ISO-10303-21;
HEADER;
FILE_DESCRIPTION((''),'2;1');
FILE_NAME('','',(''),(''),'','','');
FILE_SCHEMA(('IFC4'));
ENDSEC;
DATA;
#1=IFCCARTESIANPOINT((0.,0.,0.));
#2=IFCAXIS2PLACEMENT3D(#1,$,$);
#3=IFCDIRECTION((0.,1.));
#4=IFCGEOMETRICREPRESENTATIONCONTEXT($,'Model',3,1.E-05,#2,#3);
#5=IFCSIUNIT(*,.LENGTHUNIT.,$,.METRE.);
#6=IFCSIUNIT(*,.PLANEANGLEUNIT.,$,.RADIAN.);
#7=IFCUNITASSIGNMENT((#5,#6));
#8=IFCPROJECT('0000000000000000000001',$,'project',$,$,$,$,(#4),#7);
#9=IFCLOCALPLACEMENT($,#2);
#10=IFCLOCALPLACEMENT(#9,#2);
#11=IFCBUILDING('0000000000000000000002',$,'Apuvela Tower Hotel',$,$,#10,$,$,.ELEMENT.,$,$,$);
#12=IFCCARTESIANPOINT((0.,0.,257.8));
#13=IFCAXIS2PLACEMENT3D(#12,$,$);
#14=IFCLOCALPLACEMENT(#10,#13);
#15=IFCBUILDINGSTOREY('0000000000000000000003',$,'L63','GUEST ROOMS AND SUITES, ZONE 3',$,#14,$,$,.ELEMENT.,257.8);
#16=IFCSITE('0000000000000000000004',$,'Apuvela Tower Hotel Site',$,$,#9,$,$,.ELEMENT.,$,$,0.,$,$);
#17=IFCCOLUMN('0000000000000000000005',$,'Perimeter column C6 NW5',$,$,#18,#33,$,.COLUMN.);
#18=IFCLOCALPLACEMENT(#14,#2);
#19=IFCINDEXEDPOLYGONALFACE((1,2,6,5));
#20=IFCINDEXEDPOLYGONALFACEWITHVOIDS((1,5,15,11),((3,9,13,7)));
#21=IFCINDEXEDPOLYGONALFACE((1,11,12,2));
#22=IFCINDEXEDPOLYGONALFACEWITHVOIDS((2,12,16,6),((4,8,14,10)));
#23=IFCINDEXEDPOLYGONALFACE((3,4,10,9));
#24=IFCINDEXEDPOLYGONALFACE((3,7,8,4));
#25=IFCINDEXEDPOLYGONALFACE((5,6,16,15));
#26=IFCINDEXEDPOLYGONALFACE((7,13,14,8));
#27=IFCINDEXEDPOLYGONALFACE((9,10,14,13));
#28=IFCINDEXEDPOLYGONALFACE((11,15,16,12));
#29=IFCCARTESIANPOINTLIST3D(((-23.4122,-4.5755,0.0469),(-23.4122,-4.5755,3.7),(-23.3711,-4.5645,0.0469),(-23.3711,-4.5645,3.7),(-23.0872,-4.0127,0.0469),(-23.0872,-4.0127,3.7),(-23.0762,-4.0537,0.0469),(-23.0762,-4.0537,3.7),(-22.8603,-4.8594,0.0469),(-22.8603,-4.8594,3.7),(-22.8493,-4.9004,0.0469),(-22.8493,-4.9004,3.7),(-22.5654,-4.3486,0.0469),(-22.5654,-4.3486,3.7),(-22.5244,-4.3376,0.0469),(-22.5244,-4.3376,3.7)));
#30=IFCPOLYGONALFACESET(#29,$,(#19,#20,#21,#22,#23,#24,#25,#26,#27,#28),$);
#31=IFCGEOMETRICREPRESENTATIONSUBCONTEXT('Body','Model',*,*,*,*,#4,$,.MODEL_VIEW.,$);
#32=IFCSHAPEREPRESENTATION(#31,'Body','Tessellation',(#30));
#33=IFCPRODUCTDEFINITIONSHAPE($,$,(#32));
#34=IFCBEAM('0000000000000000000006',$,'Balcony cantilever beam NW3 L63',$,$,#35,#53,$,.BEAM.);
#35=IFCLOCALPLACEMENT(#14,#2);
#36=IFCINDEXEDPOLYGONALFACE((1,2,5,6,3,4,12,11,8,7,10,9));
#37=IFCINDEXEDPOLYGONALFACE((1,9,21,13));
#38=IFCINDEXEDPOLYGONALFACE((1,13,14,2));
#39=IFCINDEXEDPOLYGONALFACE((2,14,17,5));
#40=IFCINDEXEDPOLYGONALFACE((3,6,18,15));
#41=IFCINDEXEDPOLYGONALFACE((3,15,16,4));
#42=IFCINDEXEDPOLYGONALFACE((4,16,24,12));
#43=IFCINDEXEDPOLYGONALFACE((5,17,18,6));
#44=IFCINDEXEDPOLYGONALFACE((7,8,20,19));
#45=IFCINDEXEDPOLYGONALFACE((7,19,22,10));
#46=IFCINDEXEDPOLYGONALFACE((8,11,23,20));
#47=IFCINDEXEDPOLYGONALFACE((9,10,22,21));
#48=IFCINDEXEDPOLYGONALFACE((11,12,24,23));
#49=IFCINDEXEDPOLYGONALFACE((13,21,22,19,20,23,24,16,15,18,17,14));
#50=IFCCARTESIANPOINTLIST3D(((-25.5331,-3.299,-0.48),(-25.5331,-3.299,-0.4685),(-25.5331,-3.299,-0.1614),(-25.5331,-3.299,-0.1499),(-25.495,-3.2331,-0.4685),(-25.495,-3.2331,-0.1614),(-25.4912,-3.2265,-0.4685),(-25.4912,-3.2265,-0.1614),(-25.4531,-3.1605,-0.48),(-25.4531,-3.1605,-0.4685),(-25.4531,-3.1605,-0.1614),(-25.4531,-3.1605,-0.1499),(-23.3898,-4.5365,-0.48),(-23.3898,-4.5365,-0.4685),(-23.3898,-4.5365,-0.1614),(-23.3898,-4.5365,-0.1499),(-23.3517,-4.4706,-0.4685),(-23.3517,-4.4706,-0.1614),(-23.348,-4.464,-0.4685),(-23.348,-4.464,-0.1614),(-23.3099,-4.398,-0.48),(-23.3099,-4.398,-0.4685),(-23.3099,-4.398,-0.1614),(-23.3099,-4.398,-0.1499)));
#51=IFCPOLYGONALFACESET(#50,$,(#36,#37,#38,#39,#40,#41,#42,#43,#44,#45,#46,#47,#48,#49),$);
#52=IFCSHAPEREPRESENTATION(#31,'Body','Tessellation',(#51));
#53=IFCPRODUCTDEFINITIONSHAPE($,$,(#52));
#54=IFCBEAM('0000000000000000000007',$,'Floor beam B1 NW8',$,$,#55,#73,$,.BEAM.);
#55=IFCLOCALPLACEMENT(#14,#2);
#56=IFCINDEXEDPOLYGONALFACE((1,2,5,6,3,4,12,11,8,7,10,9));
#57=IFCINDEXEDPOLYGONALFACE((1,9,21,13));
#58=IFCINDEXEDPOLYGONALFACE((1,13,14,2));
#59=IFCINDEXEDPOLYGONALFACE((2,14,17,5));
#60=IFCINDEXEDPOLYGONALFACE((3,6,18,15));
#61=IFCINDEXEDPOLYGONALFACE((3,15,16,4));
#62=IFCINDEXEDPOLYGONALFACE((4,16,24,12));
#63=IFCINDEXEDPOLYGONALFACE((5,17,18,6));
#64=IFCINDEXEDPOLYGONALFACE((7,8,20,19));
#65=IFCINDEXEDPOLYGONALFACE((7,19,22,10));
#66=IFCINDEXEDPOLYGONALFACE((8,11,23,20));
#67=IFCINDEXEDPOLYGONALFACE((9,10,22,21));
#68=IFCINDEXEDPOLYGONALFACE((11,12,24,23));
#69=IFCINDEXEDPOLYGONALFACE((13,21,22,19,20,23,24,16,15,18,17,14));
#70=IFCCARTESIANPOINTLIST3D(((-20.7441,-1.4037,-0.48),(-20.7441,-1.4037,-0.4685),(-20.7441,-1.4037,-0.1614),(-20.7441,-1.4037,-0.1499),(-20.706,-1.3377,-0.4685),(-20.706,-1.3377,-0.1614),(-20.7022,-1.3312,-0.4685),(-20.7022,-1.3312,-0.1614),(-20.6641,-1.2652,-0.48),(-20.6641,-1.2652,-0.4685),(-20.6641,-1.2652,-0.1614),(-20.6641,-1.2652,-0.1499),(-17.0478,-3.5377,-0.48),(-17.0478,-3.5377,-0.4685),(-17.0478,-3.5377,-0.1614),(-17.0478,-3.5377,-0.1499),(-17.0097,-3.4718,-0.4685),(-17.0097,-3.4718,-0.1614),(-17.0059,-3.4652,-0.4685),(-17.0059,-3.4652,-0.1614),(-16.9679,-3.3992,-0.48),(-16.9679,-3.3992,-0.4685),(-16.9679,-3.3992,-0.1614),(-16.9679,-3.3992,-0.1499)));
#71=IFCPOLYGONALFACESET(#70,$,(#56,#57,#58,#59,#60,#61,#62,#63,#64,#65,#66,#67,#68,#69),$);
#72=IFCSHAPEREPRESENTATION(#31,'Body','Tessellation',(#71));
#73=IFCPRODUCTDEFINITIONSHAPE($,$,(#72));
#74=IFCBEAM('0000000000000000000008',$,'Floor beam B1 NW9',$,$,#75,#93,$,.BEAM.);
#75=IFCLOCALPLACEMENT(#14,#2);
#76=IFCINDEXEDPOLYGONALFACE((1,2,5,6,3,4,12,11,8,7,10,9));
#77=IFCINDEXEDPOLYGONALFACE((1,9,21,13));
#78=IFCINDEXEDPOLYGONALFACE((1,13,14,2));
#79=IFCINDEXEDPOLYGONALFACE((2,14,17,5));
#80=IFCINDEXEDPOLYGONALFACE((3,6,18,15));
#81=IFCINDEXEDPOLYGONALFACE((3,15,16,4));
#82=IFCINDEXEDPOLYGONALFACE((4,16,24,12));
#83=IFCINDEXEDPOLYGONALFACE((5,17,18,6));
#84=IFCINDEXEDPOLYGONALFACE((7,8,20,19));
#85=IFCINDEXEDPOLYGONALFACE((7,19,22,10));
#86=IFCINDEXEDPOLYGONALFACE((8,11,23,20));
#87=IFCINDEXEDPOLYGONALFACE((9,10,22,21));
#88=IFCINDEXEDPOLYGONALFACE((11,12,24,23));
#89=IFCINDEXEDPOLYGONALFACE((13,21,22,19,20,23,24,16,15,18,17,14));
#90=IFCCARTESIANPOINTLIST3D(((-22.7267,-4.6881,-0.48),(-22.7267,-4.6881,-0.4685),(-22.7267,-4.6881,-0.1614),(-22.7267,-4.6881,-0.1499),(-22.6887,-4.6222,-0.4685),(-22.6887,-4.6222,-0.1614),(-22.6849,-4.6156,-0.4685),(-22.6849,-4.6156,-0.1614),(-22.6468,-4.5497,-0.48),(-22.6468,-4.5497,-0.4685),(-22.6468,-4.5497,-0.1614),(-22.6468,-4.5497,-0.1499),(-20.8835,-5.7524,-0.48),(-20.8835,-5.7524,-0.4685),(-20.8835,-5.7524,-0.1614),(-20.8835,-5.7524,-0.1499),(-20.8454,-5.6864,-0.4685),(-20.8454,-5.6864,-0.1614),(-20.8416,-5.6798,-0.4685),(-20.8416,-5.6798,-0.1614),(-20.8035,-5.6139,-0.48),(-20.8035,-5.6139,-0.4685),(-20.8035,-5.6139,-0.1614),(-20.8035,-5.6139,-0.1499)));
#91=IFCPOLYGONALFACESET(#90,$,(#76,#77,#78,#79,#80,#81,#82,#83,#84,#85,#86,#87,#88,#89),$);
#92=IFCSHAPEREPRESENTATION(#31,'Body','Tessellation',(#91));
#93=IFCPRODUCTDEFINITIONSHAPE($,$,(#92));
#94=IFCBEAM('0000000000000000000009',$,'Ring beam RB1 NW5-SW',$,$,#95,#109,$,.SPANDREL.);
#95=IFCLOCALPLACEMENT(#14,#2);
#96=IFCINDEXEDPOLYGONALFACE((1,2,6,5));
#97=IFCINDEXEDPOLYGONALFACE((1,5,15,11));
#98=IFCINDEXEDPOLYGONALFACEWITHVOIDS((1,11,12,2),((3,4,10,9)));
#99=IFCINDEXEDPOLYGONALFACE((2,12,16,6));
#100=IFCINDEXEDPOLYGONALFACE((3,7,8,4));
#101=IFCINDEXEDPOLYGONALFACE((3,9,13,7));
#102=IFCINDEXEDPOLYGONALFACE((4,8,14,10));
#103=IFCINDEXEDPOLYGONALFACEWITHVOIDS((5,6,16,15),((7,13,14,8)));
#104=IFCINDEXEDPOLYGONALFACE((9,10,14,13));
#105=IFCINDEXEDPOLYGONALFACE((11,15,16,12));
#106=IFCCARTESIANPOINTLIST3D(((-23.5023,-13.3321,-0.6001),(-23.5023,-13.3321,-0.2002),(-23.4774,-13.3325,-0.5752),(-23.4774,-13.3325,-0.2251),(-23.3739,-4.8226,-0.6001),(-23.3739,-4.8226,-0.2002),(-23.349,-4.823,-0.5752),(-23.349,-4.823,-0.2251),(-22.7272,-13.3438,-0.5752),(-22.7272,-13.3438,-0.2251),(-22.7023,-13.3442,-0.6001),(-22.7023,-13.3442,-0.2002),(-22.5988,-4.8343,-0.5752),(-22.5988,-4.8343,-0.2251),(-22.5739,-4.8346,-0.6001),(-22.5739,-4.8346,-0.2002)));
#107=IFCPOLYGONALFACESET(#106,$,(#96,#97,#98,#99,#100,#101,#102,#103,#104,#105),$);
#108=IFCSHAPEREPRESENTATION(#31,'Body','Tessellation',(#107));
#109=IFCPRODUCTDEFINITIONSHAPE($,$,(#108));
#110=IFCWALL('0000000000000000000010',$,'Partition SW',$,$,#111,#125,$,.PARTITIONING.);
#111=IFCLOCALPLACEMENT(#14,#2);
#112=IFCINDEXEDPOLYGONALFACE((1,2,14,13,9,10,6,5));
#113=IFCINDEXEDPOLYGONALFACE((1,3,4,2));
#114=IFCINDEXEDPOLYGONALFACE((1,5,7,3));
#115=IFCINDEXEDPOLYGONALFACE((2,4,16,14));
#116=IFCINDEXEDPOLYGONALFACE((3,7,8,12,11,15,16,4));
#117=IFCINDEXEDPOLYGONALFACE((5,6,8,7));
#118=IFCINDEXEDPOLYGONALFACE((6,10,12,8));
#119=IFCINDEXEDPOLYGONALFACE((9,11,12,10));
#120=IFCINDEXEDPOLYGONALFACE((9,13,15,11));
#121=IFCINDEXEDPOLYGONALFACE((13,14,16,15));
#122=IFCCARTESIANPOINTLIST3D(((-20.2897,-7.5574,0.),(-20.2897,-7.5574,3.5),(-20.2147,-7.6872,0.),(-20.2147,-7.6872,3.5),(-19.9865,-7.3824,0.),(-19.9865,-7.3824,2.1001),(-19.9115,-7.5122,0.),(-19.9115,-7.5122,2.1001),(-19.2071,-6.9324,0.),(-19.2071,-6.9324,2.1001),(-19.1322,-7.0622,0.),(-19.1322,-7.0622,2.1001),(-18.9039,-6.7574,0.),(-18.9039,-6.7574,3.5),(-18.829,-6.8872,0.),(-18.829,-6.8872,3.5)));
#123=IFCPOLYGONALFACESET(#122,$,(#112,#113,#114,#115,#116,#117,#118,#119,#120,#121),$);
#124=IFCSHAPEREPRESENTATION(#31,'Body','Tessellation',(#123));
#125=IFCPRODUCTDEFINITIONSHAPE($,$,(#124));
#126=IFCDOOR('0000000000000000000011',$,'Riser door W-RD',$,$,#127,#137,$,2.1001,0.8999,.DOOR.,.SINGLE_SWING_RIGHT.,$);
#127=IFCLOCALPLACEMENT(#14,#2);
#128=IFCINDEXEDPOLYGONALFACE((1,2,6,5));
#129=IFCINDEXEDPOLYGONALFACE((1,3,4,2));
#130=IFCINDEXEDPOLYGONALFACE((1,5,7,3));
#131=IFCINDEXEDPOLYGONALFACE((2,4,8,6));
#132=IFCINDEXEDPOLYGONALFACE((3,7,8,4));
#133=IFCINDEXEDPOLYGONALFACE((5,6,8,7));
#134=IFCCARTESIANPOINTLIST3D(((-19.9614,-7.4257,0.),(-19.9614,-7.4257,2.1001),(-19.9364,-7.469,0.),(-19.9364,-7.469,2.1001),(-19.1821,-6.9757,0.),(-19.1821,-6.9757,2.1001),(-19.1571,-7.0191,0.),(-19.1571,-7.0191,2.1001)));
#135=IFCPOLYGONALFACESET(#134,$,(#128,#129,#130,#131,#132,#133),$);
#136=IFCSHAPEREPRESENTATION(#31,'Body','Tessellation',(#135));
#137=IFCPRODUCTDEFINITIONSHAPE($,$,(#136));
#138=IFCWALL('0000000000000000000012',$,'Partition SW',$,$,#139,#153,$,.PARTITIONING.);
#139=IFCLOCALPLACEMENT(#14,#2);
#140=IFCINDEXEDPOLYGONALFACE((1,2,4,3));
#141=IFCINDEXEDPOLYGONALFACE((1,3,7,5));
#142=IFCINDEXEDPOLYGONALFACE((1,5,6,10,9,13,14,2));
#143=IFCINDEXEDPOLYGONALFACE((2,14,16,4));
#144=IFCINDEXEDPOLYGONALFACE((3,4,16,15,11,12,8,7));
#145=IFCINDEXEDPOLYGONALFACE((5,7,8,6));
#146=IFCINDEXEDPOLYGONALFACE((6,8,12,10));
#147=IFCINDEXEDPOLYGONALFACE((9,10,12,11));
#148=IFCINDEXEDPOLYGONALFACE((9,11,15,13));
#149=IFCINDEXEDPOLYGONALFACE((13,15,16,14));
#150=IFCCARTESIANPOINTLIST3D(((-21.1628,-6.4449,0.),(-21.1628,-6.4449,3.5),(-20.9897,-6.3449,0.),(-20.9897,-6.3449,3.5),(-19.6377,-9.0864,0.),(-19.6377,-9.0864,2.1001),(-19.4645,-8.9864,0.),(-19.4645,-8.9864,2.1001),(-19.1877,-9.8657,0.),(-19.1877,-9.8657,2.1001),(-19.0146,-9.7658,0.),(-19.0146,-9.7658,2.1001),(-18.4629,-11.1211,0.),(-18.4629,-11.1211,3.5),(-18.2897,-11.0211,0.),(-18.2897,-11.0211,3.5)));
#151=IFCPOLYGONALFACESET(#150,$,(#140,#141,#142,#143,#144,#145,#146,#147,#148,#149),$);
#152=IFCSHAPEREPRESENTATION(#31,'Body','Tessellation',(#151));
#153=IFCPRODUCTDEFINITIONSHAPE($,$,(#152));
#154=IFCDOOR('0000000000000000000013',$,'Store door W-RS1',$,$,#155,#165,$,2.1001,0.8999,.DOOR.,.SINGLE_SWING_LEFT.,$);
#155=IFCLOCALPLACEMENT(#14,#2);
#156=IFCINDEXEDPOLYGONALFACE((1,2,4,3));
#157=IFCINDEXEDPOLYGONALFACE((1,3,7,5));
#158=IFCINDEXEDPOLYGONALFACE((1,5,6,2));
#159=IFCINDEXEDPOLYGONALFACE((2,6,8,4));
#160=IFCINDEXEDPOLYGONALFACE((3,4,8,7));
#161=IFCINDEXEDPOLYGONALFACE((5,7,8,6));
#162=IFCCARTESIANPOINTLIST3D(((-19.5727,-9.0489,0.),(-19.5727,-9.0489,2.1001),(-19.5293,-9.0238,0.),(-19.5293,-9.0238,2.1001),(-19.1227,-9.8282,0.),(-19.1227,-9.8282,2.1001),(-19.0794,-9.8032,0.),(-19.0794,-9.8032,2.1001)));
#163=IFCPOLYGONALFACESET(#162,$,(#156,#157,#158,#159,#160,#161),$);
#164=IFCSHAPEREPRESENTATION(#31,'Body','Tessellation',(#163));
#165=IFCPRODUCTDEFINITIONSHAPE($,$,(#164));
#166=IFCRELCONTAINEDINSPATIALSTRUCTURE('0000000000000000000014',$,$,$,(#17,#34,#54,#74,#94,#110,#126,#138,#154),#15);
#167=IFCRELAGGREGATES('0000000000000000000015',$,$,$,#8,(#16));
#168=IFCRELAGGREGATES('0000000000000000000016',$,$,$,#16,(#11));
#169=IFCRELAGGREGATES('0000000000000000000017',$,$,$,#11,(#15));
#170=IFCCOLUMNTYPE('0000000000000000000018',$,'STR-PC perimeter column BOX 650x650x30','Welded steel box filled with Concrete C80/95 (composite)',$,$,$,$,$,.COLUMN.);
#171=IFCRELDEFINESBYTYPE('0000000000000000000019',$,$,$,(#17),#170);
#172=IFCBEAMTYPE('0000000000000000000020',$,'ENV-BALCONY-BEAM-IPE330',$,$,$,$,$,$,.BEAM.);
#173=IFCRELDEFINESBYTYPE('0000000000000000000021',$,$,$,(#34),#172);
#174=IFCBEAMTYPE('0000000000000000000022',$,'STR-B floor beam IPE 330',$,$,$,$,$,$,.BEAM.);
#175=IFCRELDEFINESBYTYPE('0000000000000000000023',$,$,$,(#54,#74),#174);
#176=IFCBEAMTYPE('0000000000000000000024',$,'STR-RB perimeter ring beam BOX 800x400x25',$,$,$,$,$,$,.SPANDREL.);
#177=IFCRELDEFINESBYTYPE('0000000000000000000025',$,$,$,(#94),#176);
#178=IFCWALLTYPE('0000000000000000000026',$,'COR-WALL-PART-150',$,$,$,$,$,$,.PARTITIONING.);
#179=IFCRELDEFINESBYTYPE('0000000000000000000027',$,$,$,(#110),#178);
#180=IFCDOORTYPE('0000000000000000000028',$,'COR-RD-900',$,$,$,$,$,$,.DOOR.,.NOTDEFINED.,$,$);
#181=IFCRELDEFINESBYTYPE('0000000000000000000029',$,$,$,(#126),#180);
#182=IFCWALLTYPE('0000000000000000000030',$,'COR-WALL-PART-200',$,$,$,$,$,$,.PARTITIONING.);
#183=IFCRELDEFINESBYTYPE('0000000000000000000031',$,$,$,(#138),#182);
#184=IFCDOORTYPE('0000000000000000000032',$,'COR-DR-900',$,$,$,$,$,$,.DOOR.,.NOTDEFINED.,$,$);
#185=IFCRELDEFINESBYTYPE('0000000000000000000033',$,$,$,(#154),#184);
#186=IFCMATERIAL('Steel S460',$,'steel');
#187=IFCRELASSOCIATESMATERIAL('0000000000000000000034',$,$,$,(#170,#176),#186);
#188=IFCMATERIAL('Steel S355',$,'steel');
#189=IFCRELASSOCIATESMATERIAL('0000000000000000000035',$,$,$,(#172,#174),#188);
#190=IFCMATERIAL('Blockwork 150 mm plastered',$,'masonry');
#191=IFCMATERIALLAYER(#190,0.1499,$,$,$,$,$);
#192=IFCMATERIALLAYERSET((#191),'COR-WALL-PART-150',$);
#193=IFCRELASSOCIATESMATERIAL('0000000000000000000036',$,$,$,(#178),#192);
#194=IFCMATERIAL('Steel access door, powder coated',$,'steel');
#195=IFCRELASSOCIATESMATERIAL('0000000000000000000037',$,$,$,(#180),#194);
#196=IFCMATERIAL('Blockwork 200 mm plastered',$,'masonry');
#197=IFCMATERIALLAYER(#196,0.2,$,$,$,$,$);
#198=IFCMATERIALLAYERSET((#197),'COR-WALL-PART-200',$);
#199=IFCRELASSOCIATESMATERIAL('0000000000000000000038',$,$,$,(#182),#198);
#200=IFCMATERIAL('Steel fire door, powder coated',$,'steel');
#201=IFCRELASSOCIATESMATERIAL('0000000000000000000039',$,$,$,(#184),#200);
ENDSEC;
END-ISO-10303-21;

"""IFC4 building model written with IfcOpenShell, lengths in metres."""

from ifc_helpers import new_model, si_unit, direction, frame, frame_2d, origin, origin_2d, place, context, subcontext, project, spatial, rectangle, hollow_rectangle, i_section, extrude, boolean, halfspace, material, layer, layer_set, material_profile, profile_set, type_object, element, fill, save


model = new_model("IFC4")

# Units and contexts
model_context = context("Model", 3, precision=1e-05, world=origin(), true_north=direction((0.0, 1.0)))
body_context = subcontext(model_context, "Body", "Model", "MODEL_VIEW")
ifc_project = project(units=[si_unit("LENGTHUNIT", "METRE"), si_unit("PLANEANGLEUNIT", "RADIAN")], contexts=[model_context])

# Site, building, storey
site_placement = place(None, origin())
site = spatial("IfcSite", under=ifc_project, at=site_placement, Name="Apuvela Tower Hotel Site", CompositionType="ELEMENT", RefElevation=0.0)
building_placement = place(site_placement, origin())
building = spatial("IfcBuilding", under=site, at=building_placement, Name="Apuvela Tower Hotel", CompositionType="ELEMENT")
storey_placement = place(building_placement, frame((0.0, 0.0, 257.8)))
storey = spatial("IfcBuildingStorey", under=building, at=storey_placement, Name="L63", Description="GUEST ROOMS AND SUITES, ZONE 3", CompositionType="ELEMENT", Elevation=257.8)

# Column
ifc_material_1 = material(Name="Steel S460", Category="steel")
ifc_material_profile_1 = material_profile(ifc_material_1, hollow_rectangle(XDim=0.6499, YDim=0.6499, WallThickness=0.03, at=origin_2d()), Name="BOX 650x650x30")
ifc_material_2 = material(Name="Concrete C80/95", Category="concrete")
ifc_material_profile_2 = material_profile(ifc_material_2, rectangle(XDim=0.5901, YDim=0.5901, at=origin_2d()), Name="Concrete C80/95 infill")
ifc_profile_set_1 = profile_set([ifc_material_profile_1, ifc_material_profile_2], Name="Steel S460")
column_type = type_object("IfcColumnType", Name="STR-PC perimeter column BOX 650x650x30", Description="Welded steel box filled with Concrete C80/95 (composite)", PredefinedType="COLUMN", material=ifc_profile_set_1)
column_placement = place(storey_placement, frame((-22.9683, -4.4565, 0.0), z_axis=(0.0, 0.0, 1.0), x_axis=(0.5, 0.866025, 0.0)))
element("IfcColumn", 1, at=column_placement, inside=storey, type_object=column_type, Name="Perimeter column C6 NW5", PredefinedType="COLUMN", context=body_context, shape_type="SweptSolid", body=[
    boolean("DIFFERENCE", extrude(hollow_rectangle(XDim=0.6499, YDim=0.6499, WallThickness=0.03, at=origin_2d()), origin(), (0.0, 0.0, 1.0), 3.7), halfspace(frame((0.0, 0.0, 0.0469), z_axis=(0.0, 0.0, 1.0), x_axis=(1.0, 0.0, 0.0)), True)),
])

# Beams
ifc_material_3 = material(Name="Steel S355", Category="steel")
ifc_material_profile_3 = material_profile(ifc_material_3, i_section(OverallWidth=0.1599, OverallDepth=0.3301, WebThickness=0.0076, FlangeThickness=0.0115, at=origin_2d()), Name="IPE 330")
ifc_profile_set_2 = profile_set([ifc_material_profile_3], Name="Steel S355")
beam_type_1 = type_object("IfcBeamType", Name="ENV-BALCONY-BEAM-IPE330", PredefinedType="BEAM", material=ifc_profile_set_2)
beam_1_placement = place(storey_placement, frame((-23.3499, -4.4673, -0.3149), z_axis=(-0.866007, 0.500033, 0.0), x_axis=(-0.500033, -0.866007, 0.0)))
element("IfcBeam", 2, at=beam_1_placement, inside=storey, type_object=beam_type_1, Name="Balcony cantilever beam NW3 L63", PredefinedType="BEAM", context=body_context, shape_type="SweptSolid", body=[
    extrude(i_section(OverallWidth=0.1599, OverallDepth=0.3301, WebThickness=0.0076, FlangeThickness=0.0115, at=origin_2d()), origin(), (0.0, 0.0, 1.0), 2.4749),
])
ifc_material_profile_4 = material_profile(ifc_material_3, i_section(OverallWidth=0.1599, OverallDepth=0.3301, WebThickness=0.0076, FlangeThickness=0.0115, at=origin_2d()), Name="IPE 330")
ifc_profile_set_3 = profile_set([ifc_material_profile_4], Name="Steel S355")
beam_type_2 = type_object("IfcBeamType", Name="STR-B floor beam IPE 330", PredefinedType="BEAM", material=ifc_profile_set_3)
beam_2_placement = place(storey_placement, frame((-20.7041, -1.3345, -0.3149), z_axis=(0.866027, -0.499996, 0.0), x_axis=(0.499996, 0.866027, 0.0)))
element("IfcBeam", 3, at=beam_2_placement, inside=storey, type_object=beam_type_2, Name="Floor beam B1 NW8", PredefinedType="BEAM", context=body_context, shape_type="SweptSolid", body=[
    extrude(i_section(OverallWidth=0.1599, OverallDepth=0.3301, WebThickness=0.0076, FlangeThickness=0.0115, at=origin_2d()), origin(), (0.0, 0.0, 1.0), 4.2681),
])
beam_3_placement = place(storey_placement, frame((-22.6868, -4.6189, -0.3149), z_axis=(0.866025, -0.5, 0.0), x_axis=(0.5, 0.866025, 0.0)))
element("IfcBeam", 4, at=beam_3_placement, inside=storey, type_object=beam_type_2, Name="Floor beam B1 NW9", PredefinedType="BEAM", context=body_context, shape_type="SweptSolid", body=[
    extrude(i_section(OverallWidth=0.1599, OverallDepth=0.3301, WebThickness=0.0076, FlangeThickness=0.0115, at=origin_2d()), origin(), (0.0, 0.0, 1.0), 2.1284),
])
ifc_material_profile_5 = material_profile(ifc_material_1, hollow_rectangle(XDim=0.8, YDim=0.3999, WallThickness=0.0249, at=origin_2d()), Name="BOX 800x400x25")
ifc_profile_set_4 = profile_set([ifc_material_profile_5], Name="Steel S460")
beam_type_3 = type_object("IfcBeamType", Name="STR-RB perimeter ring beam BOX 800x400x25", PredefinedType="SPANDREL", material=ifc_profile_set_4)
beam_4_placement = place(storey_placement, frame((-22.9739, -4.8286, -0.4001), z_axis=(-0.015089, -0.999886, 0.0), x_axis=(0.999886, -0.015089, 0.0)))
element("IfcBeam", 5, at=beam_4_placement, inside=storey, type_object=beam_type_3, Name="Ring beam RB1 NW5-SW", PredefinedType="SPANDREL", context=body_context, shape_type="SweptSolid", body=[
    extrude(hollow_rectangle(XDim=0.8, YDim=0.3999, WallThickness=0.0249, at=origin_2d()), origin(), (0.0, 0.0, 1.0), 8.5105),
])

# Walls, openings, doors
ifc_material_4 = material(Name="Blockwork 150 mm plastered", Category="masonry")
ifc_layer_1 = layer(ifc_material_4, 0.1499)
ifc_layer_set_1 = layer_set([ifc_layer_1], Name="COR-WALL-PART-150")
wall_type_1 = type_object("IfcWallType", Name="COR-WALL-PART-150", PredefinedType="PARTITIONING", material=ifc_layer_set_1)
wall_1_placement = place(storey_placement, frame((-18.8665, -6.8223, 0.0), z_axis=(0.0, 0.0, 1.0), x_axis=(-0.866028, -0.499995, 0.0)))
wall_1 = element("IfcWall", 6, at=wall_1_placement, inside=storey, type_object=wall_type_1, Name="Partition SW", PredefinedType="PARTITIONING", context=body_context, shape_type="SweptSolid", body=[
    extrude(rectangle(XDim=1.6001, YDim=0.1499, at=frame_2d((0.8, 0.0))), origin(), (0.0, 0.0, 1.0), 3.5),
])
opening_1_placement = place(wall_1_placement, frame((0.3501, 0.0, 0.0)))
opening_1 = element("IfcOpeningElement", 7, at=opening_1_placement, cuts=wall_1, PredefinedType="OPENING", context=body_context, shape_type="SweptSolid", body=[
    extrude(rectangle(XDim=0.8999, YDim=2.1001, at=frame_2d((0.45, 1.05))), frame((0.0, 0.085, 0.0), z_axis=(0.0, -1.0, 0.0), x_axis=(1.0, 0.0, 0.0)), (0.0, 0.0, 1.0), 0.1699),
])
ifc_material_5 = material(Name="Steel access door, powder coated", Category="steel")
door_type_1 = type_object("IfcDoorType", Name="COR-RD-900", OperationType="NOTDEFINED", PredefinedType="DOOR", material=ifc_material_5)
door_1_placement = place(opening_1_placement, frame((0.8999, 0.0, 0.0), z_axis=(0.0, 0.0, 1.0), x_axis=(-1.0, 0.0, 0.0)))
door_1 = element("IfcDoor", 8, at=door_1_placement, inside=storey, type_object=door_type_1, Name="Riser door W-RD", OperationType="SINGLE_SWING_RIGHT", OverallHeight=2.1001, OverallWidth=0.8999, PredefinedType="DOOR", context=body_context, shape_type="SweptSolid", body=[
    extrude(rectangle(XDim=0.8999, YDim=2.1001, at=frame_2d((0.45, 1.05))), frame((0.0, 0.0249, 0.0), z_axis=(0.0, -1.0, 0.0), x_axis=(1.0, 0.0, 0.0)), (0.0, 0.0, 1.0), 0.05),
])
fill(opening_1, door_1)
ifc_material_6 = material(Name="Blockwork 200 mm plastered", Category="masonry")
ifc_layer_2 = layer(ifc_material_6, 0.2)
ifc_layer_set_2 = layer_set([ifc_layer_2], Name="COR-WALL-PART-200")
wall_type_2 = type_object("IfcWallType", Name="COR-WALL-PART-200", PredefinedType="PARTITIONING", material=ifc_layer_set_2)
wall_2_placement = place(storey_placement, frame((-21.0762, -6.395, 0.0), z_axis=(0.0, 0.0, 1.0), x_axis=(0.500015, -0.866017, 0.0)))
wall_2 = element("IfcWall", 9, at=wall_2_placement, inside=storey, type_object=wall_type_2, Name="Partition SW", PredefinedType="PARTITIONING", context=body_context, shape_type="SweptSolid", body=[
    extrude(rectangle(XDim=5.3997, YDim=0.2, at=frame_2d((2.6997, 0.0))), origin(), (0.0, 0.0, 1.0), 3.5),
])
opening_2_placement = place(wall_2_placement, frame((3.05, 0.0, 0.0)))
opening_2 = element("IfcOpeningElement", 10, at=opening_2_placement, cuts=wall_2, PredefinedType="OPENING", context=body_context, shape_type="SweptSolid", body=[
    extrude(rectangle(XDim=0.8999, YDim=2.1001, at=frame_2d((0.45, 1.05))), frame((0.0, 0.1099, 0.0), z_axis=(0.0, -1.0, 0.0), x_axis=(1.0, 0.0, 0.0)), (0.0, 0.0, 1.0), 0.22),
])
ifc_material_7 = material(Name="Steel fire door, powder coated", Category="steel")
door_type_2 = type_object("IfcDoorType", Name="COR-DR-900", OperationType="NOTDEFINED", PredefinedType="DOOR", material=ifc_material_7)
door_2_placement = place(opening_2_placement, frame((0.8999, 0.0, 0.0), z_axis=(0.0, 0.0, 1.0), x_axis=(-1.0, 0.0, 0.0)))
door_2 = element("IfcDoor", 11, at=door_2_placement, inside=storey, type_object=door_type_2, Name="Store door W-RS1", OperationType="SINGLE_SWING_LEFT", OverallHeight=2.1001, OverallWidth=0.8999, PredefinedType="DOOR", context=body_context, shape_type="SweptSolid", body=[
    extrude(rectangle(XDim=0.8999, YDim=2.1001, at=frame_2d((0.45, 1.05))), frame((0.0, 0.0249, 0.0), z_axis=(0.0, -1.0, 0.0), x_axis=(1.0, 0.0, 0.0)), (0.0, 0.0, 1.0), 0.05),
])
fill(opening_2, door_2)

save(model, "model.ifc")
